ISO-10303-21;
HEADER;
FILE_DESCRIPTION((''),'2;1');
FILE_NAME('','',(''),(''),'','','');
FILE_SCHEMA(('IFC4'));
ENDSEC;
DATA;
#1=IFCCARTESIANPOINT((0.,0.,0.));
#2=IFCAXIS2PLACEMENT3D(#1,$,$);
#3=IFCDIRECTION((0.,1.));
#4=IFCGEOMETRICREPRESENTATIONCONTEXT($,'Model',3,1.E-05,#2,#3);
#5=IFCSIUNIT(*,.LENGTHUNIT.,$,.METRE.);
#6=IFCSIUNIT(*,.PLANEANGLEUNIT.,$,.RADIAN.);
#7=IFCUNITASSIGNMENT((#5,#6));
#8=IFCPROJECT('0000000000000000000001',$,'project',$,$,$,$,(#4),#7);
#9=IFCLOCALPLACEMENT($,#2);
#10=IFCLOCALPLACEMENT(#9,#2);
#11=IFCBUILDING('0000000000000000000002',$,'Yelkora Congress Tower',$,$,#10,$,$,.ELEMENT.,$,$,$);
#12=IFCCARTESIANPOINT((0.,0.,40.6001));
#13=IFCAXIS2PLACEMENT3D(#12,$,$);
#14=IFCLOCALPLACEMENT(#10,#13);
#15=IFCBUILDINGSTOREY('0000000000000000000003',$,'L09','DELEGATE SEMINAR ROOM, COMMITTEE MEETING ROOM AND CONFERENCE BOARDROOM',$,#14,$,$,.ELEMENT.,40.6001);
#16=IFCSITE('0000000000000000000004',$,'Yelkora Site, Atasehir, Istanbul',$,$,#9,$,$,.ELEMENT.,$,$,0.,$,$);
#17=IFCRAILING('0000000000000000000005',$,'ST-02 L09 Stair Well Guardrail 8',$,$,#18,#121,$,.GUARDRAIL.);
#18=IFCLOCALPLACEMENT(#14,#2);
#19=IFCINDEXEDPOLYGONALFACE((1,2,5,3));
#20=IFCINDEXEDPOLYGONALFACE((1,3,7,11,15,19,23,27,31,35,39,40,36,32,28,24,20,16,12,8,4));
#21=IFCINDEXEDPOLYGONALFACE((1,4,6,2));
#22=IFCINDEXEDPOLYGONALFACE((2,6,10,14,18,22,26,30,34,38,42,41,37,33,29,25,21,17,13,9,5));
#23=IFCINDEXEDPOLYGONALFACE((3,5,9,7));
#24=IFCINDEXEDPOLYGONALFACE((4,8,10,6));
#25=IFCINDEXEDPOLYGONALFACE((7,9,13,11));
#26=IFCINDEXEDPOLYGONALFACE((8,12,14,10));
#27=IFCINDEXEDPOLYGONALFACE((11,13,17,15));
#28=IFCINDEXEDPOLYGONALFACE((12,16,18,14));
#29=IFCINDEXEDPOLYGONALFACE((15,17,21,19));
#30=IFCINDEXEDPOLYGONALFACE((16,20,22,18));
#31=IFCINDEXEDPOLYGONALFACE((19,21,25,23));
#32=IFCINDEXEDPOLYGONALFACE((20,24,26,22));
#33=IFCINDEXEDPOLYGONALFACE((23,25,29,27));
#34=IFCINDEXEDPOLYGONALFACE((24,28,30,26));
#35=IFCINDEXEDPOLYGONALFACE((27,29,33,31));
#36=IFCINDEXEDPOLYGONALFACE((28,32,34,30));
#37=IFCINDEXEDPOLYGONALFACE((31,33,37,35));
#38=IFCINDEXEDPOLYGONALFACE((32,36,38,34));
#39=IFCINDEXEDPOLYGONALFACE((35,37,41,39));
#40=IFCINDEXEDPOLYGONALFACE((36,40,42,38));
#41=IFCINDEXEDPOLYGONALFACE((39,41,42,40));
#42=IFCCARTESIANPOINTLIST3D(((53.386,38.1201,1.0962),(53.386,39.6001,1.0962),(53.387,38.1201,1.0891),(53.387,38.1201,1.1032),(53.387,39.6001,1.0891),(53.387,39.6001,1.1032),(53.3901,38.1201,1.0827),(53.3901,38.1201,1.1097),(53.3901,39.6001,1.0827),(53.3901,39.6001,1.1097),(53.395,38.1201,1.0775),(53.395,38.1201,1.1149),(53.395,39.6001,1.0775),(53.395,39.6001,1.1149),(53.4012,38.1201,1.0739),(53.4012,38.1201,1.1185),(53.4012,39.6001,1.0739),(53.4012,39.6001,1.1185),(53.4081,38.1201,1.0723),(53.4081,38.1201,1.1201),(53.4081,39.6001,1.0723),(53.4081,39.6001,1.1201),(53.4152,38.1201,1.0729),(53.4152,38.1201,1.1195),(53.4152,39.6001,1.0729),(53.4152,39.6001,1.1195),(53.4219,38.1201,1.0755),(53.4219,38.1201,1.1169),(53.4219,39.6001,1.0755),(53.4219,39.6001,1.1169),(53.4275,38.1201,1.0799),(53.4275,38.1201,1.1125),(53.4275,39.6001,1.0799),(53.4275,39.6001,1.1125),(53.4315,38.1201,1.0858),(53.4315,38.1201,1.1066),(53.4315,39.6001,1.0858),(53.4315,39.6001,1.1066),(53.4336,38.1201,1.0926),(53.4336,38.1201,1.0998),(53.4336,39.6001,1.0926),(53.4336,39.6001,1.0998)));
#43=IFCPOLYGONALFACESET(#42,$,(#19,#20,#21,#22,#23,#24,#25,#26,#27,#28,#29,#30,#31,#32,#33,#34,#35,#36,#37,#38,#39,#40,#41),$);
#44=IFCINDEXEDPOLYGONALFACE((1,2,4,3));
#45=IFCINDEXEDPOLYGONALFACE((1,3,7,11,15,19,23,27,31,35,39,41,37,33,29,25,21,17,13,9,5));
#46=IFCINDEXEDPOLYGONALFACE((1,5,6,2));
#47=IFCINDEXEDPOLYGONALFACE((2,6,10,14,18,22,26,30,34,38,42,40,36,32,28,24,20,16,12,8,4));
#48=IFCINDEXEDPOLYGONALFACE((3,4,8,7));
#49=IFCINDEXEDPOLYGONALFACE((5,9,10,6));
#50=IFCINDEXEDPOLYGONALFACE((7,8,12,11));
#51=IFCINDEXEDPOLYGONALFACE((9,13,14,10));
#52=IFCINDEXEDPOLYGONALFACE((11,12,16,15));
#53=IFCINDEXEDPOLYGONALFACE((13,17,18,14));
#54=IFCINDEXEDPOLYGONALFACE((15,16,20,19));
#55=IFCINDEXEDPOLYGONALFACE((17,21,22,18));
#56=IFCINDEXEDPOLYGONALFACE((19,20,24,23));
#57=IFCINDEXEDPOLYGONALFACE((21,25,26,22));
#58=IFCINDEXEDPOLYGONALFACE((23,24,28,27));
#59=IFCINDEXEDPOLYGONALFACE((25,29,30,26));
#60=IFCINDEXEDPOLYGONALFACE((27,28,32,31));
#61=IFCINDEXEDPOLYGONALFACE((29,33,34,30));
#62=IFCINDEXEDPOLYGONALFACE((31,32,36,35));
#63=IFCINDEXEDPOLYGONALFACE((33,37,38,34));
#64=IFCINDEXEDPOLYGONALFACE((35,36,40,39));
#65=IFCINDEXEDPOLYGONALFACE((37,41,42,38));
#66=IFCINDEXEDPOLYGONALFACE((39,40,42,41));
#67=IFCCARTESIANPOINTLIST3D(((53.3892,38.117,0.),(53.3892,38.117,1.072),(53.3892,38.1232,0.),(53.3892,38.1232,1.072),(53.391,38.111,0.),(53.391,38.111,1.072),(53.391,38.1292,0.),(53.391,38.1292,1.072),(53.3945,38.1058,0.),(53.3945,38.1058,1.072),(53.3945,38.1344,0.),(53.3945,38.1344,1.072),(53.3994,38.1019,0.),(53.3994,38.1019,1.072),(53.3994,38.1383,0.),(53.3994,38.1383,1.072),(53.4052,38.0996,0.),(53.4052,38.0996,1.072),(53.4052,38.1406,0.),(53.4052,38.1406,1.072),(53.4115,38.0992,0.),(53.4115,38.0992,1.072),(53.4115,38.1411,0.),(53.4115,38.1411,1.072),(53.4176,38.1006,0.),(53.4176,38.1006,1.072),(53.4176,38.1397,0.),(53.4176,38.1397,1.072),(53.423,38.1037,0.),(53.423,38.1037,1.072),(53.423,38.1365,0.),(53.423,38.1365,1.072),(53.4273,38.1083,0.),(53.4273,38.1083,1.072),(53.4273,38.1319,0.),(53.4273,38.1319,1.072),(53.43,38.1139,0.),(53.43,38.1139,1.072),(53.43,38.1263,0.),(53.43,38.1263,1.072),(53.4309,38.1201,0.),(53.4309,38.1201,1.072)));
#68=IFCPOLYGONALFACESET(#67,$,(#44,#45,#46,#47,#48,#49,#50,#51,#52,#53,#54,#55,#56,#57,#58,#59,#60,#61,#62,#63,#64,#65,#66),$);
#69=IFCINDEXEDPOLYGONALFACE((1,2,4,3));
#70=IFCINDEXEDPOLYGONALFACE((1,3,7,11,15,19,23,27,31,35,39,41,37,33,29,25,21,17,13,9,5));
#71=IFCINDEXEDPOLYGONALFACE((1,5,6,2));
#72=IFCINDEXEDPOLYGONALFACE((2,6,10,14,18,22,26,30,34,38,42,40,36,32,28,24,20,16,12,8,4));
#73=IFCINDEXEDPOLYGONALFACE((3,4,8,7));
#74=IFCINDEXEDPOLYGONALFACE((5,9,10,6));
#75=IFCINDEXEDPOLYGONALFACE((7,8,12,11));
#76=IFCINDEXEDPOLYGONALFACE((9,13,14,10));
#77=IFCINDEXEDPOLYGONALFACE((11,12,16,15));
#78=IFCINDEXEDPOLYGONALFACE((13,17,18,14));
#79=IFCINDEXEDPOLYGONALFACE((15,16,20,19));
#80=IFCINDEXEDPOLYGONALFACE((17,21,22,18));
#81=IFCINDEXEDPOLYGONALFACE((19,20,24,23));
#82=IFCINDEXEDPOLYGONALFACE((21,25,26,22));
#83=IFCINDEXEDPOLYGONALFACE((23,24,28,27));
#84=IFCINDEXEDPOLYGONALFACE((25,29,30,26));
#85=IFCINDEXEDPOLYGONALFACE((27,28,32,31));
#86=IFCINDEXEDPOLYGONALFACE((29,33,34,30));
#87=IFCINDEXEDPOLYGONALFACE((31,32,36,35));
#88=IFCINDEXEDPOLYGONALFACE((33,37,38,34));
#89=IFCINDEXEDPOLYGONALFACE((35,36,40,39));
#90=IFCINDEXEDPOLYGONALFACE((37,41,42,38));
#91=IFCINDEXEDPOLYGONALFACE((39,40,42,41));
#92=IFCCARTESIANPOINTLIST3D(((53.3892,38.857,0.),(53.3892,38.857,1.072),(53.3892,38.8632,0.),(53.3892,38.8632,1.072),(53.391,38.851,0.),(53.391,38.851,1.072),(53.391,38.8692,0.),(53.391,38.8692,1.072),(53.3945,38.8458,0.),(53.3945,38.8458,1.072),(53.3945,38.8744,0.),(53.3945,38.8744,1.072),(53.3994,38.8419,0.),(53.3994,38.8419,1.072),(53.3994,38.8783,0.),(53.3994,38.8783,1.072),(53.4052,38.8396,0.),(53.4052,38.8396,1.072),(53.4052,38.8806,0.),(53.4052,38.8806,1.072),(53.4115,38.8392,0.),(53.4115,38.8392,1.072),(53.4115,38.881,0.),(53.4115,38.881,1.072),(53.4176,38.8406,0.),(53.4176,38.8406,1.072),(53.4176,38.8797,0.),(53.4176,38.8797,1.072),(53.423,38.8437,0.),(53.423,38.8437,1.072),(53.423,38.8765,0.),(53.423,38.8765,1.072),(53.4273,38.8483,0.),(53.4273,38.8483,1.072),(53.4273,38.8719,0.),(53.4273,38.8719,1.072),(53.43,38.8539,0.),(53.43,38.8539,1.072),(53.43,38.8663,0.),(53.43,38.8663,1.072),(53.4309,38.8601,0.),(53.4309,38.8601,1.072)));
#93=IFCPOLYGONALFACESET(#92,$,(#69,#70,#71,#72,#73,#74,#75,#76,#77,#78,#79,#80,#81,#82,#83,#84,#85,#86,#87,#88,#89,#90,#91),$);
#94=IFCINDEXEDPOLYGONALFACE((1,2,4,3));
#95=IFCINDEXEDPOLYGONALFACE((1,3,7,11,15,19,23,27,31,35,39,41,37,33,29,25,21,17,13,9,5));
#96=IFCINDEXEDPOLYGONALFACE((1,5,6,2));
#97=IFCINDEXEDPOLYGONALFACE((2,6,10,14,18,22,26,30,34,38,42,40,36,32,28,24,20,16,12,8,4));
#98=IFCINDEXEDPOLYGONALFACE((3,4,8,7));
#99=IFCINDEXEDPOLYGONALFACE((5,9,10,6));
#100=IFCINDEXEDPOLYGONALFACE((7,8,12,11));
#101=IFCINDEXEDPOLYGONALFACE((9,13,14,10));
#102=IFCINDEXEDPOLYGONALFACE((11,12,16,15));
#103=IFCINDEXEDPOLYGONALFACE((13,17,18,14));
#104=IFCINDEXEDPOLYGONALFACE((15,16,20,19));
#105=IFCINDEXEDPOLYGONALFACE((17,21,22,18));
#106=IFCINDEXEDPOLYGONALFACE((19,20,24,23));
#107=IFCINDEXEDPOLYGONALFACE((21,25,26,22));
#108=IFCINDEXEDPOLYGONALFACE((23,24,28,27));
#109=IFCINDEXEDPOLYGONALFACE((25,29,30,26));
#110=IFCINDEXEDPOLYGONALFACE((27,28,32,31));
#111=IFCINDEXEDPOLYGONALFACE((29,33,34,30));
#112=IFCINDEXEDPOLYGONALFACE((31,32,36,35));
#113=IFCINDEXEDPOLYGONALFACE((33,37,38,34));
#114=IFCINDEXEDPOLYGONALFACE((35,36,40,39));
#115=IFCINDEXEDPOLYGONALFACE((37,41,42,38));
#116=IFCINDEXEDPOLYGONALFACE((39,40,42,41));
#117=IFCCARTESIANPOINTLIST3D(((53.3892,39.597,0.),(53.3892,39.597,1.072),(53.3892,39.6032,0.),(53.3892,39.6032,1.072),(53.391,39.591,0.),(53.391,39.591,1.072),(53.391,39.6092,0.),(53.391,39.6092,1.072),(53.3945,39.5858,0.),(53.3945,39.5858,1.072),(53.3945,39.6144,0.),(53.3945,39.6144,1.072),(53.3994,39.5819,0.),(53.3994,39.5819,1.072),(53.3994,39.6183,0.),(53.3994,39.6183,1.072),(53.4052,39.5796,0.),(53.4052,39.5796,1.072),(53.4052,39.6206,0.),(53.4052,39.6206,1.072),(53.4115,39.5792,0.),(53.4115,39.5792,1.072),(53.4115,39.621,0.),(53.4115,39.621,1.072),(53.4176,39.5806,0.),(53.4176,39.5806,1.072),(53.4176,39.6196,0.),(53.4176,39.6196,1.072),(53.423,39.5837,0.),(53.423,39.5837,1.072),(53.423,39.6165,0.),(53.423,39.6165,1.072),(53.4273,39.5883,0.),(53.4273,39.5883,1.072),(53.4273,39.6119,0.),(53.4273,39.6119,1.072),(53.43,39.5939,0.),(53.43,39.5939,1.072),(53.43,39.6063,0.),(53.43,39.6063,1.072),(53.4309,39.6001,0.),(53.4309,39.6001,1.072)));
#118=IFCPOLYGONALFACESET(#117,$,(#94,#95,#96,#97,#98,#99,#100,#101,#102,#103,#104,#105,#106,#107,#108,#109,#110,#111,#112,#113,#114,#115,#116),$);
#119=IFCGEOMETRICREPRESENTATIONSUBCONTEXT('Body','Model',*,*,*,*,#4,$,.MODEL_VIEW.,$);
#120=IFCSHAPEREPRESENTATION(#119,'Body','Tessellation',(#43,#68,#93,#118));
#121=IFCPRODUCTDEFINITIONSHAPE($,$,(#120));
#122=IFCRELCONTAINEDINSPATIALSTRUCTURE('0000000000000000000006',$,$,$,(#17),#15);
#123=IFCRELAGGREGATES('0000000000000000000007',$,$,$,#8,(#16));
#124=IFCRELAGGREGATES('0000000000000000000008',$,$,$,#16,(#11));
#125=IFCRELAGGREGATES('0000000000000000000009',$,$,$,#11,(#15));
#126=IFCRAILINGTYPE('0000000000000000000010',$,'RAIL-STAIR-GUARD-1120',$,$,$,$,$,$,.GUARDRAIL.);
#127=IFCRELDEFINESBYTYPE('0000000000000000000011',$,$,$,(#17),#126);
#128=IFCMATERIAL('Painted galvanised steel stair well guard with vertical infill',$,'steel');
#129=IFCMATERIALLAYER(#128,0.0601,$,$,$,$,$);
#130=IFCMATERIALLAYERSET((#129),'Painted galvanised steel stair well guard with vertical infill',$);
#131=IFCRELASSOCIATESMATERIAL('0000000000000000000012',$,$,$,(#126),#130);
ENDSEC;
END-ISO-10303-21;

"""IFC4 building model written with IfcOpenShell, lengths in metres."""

from ifc_helpers import new_model, si_unit, direction, frame, origin, origin_2d, place, context, subcontext, project, spatial, circle, extrude, material, layer, layer_set, type_object, element, save


model = new_model("IFC4")

# Units and contexts
model_context = context("Model", 3, precision=1e-05, world=origin(), true_north=direction((0.0, 1.0)))
body_context = subcontext(model_context, "Body", "Model", "MODEL_VIEW")
ifc_project = project(units=[si_unit("LENGTHUNIT", "METRE"), si_unit("PLANEANGLEUNIT", "RADIAN")], contexts=[model_context])

# Site, building, storey
site_placement = place(None, origin())
site = spatial("IfcSite", under=ifc_project, at=site_placement, Name="Yelkora Site, Atasehir, Istanbul", CompositionType="ELEMENT", RefElevation=0.0)
building_placement = place(site_placement, origin())
building = spatial("IfcBuilding", under=site, at=building_placement, Name="Yelkora Congress Tower", CompositionType="ELEMENT")
storey_placement = place(building_placement, frame((0.0, 0.0, 40.6001)))
storey = spatial("IfcBuildingStorey", under=building, at=storey_placement, Name="L09", Description="DELEGATE SEMINAR ROOM, COMMITTEE MEETING ROOM AND CONFERENCE BOARDROOM", CompositionType="ELEMENT", Elevation=40.6001)

# Railing
ifc_material_1 = material(Name="Painted galvanised steel stair well guard with vertical infill", Category="steel")
ifc_layer_1 = layer(ifc_material_1, 0.0601)
ifc_layer_set_1 = layer_set([ifc_layer_1], Name="Painted galvanised steel stair well guard with vertical infill")
railing_type_1 = type_object("IfcRailingType", Name="RAIL-STAIR-GUARD-1120", PredefinedType="GUARDRAIL", material=ifc_layer_set_1)
railing_1_placement = place(storey_placement, frame((53.4099, 38.1201, 0.0)))
element("IfcRailing", 1, at=railing_1_placement, inside=storey, type_object=railing_type_1, Name="ST-02 L09 Stair Well Guardrail 8", PredefinedType="GUARDRAIL", context=body_context, shape_type="SweptSolid", body=[
    extrude(circle(Radius=0.0239, at=origin_2d()), frame((0.0, 0.0, 1.0962), z_axis=(0.0, 1.0, 0.0), x_axis=(-1.0, 0.0, 0.0)), (0.0, 0.0, 1.0), 1.48),
    extrude(circle(Radius=0.021, at=origin_2d()), origin(), (0.0, 0.0, 1.0), 1.072),
    extrude(circle(Radius=0.021, at=origin_2d()), frame((0.0, 0.74, 0.0)), (0.0, 0.0, 1.0), 1.072),
    extrude(circle(Radius=0.021, at=origin_2d()), frame((0.0, 1.48, 0.0)), (0.0, 0.0, 1.0), 1.072),
])

save(model, "model.ifc")
